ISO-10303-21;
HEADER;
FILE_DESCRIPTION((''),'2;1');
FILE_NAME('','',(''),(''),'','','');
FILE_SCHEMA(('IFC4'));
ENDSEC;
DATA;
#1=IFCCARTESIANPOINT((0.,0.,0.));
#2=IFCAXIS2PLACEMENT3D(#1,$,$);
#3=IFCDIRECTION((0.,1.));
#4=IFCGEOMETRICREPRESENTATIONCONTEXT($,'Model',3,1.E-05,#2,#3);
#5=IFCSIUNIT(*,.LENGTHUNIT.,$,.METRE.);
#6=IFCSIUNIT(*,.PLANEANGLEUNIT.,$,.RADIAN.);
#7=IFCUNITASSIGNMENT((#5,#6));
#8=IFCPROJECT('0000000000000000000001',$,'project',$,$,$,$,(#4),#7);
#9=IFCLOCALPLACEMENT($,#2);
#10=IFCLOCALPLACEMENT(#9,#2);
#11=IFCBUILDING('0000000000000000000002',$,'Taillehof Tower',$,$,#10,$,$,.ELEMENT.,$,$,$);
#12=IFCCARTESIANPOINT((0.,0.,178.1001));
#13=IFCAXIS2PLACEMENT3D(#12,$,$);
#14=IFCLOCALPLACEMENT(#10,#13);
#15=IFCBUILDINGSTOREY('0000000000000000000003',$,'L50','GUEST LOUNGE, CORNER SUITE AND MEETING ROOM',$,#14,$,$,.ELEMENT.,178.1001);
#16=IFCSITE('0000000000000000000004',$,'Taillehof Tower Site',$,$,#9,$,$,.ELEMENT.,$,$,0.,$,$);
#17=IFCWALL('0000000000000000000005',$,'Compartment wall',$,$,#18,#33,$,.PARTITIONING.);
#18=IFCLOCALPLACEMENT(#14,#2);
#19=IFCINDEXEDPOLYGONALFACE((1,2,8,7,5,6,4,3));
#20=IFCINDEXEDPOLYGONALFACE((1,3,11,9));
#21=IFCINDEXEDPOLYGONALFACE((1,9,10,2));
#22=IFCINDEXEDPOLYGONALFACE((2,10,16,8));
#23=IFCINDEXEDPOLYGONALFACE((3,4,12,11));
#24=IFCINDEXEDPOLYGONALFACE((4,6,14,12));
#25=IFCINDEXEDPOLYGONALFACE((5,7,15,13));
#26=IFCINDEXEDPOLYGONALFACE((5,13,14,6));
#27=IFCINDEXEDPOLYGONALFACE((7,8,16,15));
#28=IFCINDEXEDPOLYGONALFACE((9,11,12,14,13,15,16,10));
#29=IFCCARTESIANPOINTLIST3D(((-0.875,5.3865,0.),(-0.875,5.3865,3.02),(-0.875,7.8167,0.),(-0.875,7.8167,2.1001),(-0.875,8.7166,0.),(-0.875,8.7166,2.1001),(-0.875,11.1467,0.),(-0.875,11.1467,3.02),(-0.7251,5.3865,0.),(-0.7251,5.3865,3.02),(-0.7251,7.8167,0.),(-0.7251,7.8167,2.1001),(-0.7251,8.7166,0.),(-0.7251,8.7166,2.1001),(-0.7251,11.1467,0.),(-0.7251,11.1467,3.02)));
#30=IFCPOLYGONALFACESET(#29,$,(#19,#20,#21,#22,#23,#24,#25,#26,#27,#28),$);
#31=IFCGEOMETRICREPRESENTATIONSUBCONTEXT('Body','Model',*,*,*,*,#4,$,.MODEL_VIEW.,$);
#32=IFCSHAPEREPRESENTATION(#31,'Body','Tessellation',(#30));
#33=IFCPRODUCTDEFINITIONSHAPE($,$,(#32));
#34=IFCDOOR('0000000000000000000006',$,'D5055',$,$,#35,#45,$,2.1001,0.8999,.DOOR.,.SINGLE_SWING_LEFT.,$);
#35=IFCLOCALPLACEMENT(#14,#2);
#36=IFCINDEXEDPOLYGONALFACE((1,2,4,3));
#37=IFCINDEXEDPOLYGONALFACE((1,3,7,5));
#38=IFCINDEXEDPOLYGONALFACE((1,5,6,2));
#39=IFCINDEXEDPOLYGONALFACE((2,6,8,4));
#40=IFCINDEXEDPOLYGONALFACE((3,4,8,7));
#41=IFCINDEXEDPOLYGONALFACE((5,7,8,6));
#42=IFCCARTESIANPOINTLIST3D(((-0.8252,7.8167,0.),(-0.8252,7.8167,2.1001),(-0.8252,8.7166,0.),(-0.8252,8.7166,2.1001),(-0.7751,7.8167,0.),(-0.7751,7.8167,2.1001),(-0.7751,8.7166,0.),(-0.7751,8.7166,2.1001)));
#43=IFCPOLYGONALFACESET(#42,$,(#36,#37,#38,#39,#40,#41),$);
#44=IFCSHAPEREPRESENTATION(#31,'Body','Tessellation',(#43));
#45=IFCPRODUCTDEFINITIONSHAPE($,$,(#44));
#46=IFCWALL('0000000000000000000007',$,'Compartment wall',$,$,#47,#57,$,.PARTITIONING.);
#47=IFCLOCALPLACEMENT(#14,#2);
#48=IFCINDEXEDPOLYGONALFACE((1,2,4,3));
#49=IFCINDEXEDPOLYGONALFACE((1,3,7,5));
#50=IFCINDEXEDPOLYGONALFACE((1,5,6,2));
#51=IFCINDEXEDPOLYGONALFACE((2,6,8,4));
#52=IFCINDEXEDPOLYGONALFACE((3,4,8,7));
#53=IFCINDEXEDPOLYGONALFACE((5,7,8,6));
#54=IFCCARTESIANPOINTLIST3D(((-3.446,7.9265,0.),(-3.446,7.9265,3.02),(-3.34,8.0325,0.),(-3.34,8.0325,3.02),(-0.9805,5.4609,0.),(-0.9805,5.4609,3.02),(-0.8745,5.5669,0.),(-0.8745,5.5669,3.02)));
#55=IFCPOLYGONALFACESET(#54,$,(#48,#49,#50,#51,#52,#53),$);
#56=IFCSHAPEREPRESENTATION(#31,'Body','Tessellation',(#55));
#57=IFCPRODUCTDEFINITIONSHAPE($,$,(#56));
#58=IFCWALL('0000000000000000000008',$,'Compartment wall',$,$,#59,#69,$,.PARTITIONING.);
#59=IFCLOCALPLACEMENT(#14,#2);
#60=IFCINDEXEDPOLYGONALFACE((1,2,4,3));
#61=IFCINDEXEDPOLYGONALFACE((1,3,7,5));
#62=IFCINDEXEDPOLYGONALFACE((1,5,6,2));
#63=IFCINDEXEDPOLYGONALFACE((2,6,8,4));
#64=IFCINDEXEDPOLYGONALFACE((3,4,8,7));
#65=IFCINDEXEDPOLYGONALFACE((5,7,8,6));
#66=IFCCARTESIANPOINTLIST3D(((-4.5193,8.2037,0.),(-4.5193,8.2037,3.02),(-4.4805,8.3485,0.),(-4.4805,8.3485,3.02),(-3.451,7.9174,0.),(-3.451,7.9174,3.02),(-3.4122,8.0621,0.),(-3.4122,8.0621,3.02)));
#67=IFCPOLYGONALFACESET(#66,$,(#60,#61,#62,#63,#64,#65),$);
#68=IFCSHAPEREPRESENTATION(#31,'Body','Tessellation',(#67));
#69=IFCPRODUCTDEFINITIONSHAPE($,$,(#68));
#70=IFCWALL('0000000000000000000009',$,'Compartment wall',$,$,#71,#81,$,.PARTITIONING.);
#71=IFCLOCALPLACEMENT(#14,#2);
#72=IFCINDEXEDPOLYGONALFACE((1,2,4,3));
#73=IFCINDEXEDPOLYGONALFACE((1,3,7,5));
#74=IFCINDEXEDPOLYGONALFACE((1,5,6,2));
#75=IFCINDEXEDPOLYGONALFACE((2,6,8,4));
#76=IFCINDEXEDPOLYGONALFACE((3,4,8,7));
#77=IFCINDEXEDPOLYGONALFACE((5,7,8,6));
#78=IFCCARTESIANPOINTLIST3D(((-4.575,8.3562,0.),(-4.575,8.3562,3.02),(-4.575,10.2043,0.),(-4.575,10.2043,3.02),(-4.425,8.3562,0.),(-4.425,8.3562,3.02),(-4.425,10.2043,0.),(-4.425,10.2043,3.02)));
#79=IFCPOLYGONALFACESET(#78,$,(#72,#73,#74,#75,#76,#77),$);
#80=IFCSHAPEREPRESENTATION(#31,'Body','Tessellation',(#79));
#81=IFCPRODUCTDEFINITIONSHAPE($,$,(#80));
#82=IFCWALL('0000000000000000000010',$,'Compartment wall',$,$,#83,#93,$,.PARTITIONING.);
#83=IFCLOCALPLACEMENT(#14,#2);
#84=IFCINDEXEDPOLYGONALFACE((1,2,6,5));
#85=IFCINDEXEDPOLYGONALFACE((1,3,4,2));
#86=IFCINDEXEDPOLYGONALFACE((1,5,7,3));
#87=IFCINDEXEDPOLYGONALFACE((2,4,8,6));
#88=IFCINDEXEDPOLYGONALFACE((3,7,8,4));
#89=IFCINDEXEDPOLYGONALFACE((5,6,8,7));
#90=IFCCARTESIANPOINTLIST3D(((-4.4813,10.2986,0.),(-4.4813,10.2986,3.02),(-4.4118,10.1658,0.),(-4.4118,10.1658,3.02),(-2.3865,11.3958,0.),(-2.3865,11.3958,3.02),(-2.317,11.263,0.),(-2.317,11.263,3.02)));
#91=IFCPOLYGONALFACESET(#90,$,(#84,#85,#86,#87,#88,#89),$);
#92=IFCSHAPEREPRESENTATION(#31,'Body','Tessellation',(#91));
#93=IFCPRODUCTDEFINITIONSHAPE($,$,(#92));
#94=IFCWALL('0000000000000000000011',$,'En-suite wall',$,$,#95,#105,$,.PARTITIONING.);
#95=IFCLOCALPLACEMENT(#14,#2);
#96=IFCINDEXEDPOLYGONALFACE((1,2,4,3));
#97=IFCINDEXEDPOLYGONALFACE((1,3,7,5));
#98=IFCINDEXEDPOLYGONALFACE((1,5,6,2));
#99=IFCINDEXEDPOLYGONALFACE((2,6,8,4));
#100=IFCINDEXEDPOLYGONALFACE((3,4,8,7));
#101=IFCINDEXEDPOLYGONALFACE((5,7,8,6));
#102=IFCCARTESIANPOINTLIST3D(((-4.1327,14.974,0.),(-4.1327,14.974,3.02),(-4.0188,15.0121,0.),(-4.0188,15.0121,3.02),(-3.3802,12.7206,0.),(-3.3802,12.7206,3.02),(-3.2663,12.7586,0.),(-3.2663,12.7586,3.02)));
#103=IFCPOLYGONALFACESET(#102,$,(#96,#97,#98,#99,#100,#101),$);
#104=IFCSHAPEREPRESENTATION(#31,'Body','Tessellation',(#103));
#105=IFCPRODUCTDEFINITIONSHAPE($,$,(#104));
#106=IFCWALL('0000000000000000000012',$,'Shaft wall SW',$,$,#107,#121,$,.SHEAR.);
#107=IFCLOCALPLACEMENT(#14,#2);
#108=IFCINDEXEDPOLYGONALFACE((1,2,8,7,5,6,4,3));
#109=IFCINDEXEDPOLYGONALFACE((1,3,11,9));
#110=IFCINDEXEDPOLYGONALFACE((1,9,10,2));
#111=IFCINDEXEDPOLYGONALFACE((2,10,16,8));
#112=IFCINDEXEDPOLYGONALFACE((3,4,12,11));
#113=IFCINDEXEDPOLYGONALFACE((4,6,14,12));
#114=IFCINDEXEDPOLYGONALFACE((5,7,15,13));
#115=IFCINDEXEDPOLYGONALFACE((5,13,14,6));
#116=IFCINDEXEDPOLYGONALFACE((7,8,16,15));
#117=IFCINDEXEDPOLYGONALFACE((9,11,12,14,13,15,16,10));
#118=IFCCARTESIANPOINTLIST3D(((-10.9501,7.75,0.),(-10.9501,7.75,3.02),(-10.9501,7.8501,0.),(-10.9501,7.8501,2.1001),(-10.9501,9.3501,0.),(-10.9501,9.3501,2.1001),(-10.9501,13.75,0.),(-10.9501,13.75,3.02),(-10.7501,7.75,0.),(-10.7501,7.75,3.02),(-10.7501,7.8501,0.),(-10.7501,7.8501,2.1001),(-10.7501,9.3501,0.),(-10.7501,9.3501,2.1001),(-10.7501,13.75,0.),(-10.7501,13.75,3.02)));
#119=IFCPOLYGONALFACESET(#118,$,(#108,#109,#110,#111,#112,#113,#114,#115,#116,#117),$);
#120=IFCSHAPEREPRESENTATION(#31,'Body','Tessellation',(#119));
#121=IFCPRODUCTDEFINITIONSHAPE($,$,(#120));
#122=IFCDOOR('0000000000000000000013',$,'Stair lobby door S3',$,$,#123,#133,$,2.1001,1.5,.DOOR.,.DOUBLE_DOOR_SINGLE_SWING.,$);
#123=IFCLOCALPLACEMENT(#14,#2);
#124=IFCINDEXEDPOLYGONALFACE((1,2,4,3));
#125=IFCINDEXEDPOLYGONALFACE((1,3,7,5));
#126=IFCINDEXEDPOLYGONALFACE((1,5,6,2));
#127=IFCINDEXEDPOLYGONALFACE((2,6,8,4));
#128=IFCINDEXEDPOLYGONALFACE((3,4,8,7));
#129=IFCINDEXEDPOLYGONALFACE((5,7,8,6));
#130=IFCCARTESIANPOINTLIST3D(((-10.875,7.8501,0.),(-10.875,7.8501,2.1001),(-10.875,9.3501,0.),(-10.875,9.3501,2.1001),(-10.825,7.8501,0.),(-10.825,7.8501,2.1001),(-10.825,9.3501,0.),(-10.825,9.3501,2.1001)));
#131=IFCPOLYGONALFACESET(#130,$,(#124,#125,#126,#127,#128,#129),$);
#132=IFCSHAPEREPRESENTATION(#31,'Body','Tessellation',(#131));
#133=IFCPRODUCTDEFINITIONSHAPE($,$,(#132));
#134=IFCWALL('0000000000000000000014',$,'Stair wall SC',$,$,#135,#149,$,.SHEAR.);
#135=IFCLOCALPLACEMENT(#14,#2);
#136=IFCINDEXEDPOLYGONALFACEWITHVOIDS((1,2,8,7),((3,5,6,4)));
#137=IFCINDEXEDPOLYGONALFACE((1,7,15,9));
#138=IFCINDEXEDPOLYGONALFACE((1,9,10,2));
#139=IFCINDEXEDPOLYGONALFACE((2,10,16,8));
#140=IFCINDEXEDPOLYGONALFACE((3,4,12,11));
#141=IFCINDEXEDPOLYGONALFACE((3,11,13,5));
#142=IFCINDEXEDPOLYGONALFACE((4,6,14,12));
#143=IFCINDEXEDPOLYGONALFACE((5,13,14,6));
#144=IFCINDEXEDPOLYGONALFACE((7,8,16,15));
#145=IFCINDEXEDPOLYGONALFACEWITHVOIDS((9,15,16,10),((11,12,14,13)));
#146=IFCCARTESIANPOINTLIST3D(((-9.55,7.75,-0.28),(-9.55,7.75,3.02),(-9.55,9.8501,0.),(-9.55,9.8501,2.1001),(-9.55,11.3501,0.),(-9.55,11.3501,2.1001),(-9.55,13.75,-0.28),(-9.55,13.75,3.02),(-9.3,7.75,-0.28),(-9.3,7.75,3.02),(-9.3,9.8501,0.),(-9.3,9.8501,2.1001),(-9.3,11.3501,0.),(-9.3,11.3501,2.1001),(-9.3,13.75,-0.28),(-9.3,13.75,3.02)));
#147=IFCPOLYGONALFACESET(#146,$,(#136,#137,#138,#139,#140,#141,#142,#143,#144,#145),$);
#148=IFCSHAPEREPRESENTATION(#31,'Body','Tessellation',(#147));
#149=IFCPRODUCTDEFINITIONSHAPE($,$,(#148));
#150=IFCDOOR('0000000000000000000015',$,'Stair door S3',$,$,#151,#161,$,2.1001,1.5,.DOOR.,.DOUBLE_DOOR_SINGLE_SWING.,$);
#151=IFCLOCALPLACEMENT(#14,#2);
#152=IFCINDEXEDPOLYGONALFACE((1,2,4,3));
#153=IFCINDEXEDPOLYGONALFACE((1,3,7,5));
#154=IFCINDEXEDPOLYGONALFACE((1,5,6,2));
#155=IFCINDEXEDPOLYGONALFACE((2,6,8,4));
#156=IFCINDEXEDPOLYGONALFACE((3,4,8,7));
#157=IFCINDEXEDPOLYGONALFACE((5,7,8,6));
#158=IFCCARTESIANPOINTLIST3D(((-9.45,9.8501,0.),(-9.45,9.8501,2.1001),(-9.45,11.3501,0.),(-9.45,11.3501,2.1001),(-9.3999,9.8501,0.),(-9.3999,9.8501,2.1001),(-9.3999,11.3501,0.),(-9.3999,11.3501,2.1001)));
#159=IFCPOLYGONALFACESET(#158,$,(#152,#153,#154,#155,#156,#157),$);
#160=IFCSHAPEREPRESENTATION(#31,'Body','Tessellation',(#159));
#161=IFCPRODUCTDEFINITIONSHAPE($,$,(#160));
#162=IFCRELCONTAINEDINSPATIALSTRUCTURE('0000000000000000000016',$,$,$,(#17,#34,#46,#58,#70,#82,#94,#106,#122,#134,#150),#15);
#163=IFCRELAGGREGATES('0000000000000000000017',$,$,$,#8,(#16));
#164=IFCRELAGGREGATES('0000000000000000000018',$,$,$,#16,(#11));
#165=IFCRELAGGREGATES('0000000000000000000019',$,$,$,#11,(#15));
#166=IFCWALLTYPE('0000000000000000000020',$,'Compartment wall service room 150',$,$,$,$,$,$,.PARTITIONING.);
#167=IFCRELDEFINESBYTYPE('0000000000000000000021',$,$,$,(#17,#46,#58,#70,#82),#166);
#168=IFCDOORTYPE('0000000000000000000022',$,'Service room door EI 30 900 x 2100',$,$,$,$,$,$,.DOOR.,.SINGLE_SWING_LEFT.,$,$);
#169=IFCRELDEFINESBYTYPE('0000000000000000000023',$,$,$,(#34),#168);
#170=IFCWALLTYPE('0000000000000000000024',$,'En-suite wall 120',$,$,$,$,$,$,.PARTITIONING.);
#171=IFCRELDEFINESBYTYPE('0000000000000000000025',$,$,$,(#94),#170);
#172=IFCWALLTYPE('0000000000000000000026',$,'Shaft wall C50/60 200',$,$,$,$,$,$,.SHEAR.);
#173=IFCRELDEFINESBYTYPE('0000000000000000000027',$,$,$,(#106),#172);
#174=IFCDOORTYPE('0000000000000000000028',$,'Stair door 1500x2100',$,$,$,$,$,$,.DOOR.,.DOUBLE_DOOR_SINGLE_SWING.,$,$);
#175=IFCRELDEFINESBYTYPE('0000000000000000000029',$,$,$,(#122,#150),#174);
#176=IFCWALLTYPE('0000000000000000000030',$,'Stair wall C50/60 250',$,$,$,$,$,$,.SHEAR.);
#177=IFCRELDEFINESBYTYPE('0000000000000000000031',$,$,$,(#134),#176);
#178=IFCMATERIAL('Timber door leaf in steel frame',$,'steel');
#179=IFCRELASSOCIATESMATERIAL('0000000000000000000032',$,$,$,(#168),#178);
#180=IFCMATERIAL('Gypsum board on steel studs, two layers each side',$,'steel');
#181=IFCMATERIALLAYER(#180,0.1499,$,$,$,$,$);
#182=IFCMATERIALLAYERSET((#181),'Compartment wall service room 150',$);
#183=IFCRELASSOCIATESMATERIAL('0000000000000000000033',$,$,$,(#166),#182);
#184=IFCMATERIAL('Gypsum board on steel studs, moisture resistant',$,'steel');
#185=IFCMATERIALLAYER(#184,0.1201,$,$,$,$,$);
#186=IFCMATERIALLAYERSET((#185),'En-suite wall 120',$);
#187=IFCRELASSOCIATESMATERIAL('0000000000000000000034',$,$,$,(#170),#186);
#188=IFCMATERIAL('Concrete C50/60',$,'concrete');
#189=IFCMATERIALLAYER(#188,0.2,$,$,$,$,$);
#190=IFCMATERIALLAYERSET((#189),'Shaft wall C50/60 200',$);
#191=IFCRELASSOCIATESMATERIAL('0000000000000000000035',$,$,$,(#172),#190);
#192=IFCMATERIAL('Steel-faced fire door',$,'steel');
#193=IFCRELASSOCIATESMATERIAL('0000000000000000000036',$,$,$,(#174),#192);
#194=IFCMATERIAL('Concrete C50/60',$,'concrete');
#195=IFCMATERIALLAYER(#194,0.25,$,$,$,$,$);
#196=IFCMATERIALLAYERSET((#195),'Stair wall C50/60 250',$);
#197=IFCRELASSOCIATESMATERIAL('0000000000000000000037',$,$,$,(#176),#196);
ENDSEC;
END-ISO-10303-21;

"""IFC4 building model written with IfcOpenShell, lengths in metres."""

from ifc_helpers import new_model, si_unit, direction, frame, frame_2d, origin, place, context, subcontext, project, spatial, rectangle, extrude, material, layer, layer_set, type_object, element, fill, save


model = new_model("IFC4")

# Units and contexts
model_context = context("Model", 3, precision=1e-05, world=origin(), true_north=direction((0.0, 1.0)))
body_context = subcontext(model_context, "Body", "Model", "MODEL_VIEW")
ifc_project = project(units=[si_unit("LENGTHUNIT", "METRE"), si_unit("PLANEANGLEUNIT", "RADIAN")], contexts=[model_context])

# Site, building, storey
site_placement = place(None, origin())
site = spatial("IfcSite", under=ifc_project, at=site_placement, Name="Taillehof Tower Site", CompositionType="ELEMENT", RefElevation=0.0)
building_placement = place(site_placement, origin())
building = spatial("IfcBuilding", under=site, at=building_placement, Name="Taillehof Tower", CompositionType="ELEMENT")
storey_placement = place(building_placement, frame((0.0, 0.0, 178.1001)))
storey = spatial("IfcBuildingStorey", under=building, at=storey_placement, Name="L50", Description="GUEST LOUNGE, CORNER SUITE AND MEETING ROOM", CompositionType="ELEMENT", Elevation=178.1001)

# Shared definitions
ifc_material_1 = material(Name="Timber door leaf in steel frame", Category="steel")
door_type_1 = type_object("IfcDoorType", Name="Service room door EI 30 900 x 2100", OperationType="SINGLE_SWING_LEFT", PredefinedType="DOOR", material=ifc_material_1)

# Shared definitions
ifc_material_2 = material(Name="Gypsum board on steel studs, two layers each side", Category="steel")
ifc_layer_1 = layer(ifc_material_2, 0.1499)
ifc_layer_set_1 = layer_set([ifc_layer_1], Name="Compartment wall service room 150")
wall_type_1 = type_object("IfcWallType", Name="Compartment wall service room 150", PredefinedType="PARTITIONING", material=ifc_layer_set_1)

# Wall, opening, door
wall_1_placement = place(storey_placement, frame((-0.8, 11.1467, 0.0), z_axis=(0.0, 0.0, 1.0), x_axis=(0.0, -1.0, 0.0)))
wall_1 = element("IfcWall", 1, at=wall_1_placement, inside=storey, type_object=wall_type_1, Name="Compartment wall", PredefinedType="PARTITIONING", context=body_context, shape_type="SweptSolid", body=[
    extrude(rectangle(XDim=5.7603, YDim=0.1499, at=frame_2d((2.8801, 0.0))), origin(), (0.0, 0.0, 1.0), 3.02),
])
opening_1_placement = place(wall_1_placement, frame((2.4302, 0.0, 0.0)))
opening_1 = element("IfcOpeningElement", 2, at=opening_1_placement, cuts=wall_1, PredefinedType="OPENING", context=body_context, shape_type="SweptSolid", body=[
    extrude(rectangle(XDim=0.8999, YDim=2.1001, at=frame_2d((0.45, 1.05))), frame((0.0, 0.085, 0.0), z_axis=(0.0, -1.0, 0.0), x_axis=(1.0, 0.0, 0.0)), (0.0, 0.0, 1.0), 0.1699),
])
door_1_placement = place(opening_1_placement, origin())
door_1 = element("IfcDoor", 3, at=door_1_placement, inside=storey, type_object=door_type_1, Name="D5055", OperationType="SINGLE_SWING_LEFT", OverallHeight=2.1001, OverallWidth=0.8999, PredefinedType="DOOR", context=body_context, shape_type="SweptSolid", body=[
    extrude(rectangle(XDim=0.8999, YDim=2.1001, at=frame_2d((0.45, 1.05))), frame((0.0, 0.0249, 0.0), z_axis=(0.0, -1.0, 0.0), x_axis=(1.0, 0.0, 0.0)), (0.0, 0.0, 1.0), 0.05),
])
fill(opening_1, door_1)

# Walls
wall_2_placement = place(storey_placement, frame((-0.9275, 5.5139, 0.0), z_axis=(0.0, 0.0, 1.0), x_axis=(-0.707107, 0.707107, 0.0)))
element("IfcWall", 4, at=wall_2_placement, inside=storey, type_object=wall_type_1, Name="Compartment wall", PredefinedType="PARTITIONING", context=body_context, shape_type="SweptSolid", body=[
    extrude(rectangle(XDim=3.4868, YDim=0.1499, at=frame_2d((1.7434, 0.0))), origin(), (0.0, 0.0, 1.0), 3.02),
])
wall_3_placement = place(storey_placement, frame((-3.4316, 7.9897, 0.0), z_axis=(0.0, 0.0, 1.0), x_axis=(-0.965901, 0.258913, 0.0)))
element("IfcWall", 5, at=wall_3_placement, inside=storey, type_object=wall_type_1, Name="Compartment wall", PredefinedType="PARTITIONING", context=body_context, shape_type="SweptSolid", body=[
    extrude(rectangle(XDim=1.106, YDim=0.1499, at=frame_2d((0.553, 0.0))), origin(), (0.0, 0.0, 1.0), 3.02),
])
wall_4_placement = place(storey_placement, frame((-4.5, 8.3562, 0.0), z_axis=(0.0, 0.0, 1.0), x_axis=(0.0, 1.0, 0.0)))
element("IfcWall", 6, at=wall_4_placement, inside=storey, type_object=wall_type_1, Name="Compartment wall", PredefinedType="PARTITIONING", context=body_context, shape_type="SweptSolid", body=[
    extrude(rectangle(XDim=1.8481, YDim=0.1499, at=frame_2d((0.9241, 0.0))), origin(), (0.0, 0.0, 1.0), 3.02),
])
wall_5_placement = place(storey_placement, frame((-4.4465, 10.2322, 0.0), z_axis=(0.0, 0.0, 1.0), x_axis=(0.885844, 0.463984, 0.0)))
element("IfcWall", 7, at=wall_5_placement, inside=storey, type_object=wall_type_1, Name="Compartment wall", PredefinedType="PARTITIONING", context=body_context, shape_type="SweptSolid", body=[
    extrude(rectangle(XDim=2.3647, YDim=0.1499, at=frame_2d((1.1824, 0.0))), origin(), (0.0, 0.0, 1.0), 3.02),
])
ifc_material_3 = material(Name="Gypsum board on steel studs, moisture resistant", Category="steel")
ifc_layer_2 = layer(ifc_material_3, 0.1201)
ifc_layer_set_2 = layer_set([ifc_layer_2], Name="En-suite wall 120")
wall_type_2 = type_object("IfcWallType", Name="En-suite wall 120", PredefinedType="PARTITIONING", material=ifc_layer_set_2)
wall_6_placement = place(storey_placement, frame((-3.3232, 12.7395, 0.0), z_axis=(0.0, 0.0, 1.0), x_axis=(-0.316721, 0.948519, 0.0)))
element("IfcWall", 8, at=wall_6_placement, inside=storey, type_object=wall_type_2, Name="En-suite wall", PredefinedType="PARTITIONING", context=body_context, shape_type="SweptSolid", body=[
    extrude(rectangle(XDim=2.3757, YDim=0.1201, at=frame_2d((1.188, 0.0))), origin(), (0.0, 0.0, 1.0), 3.02),
])

# Walls, openings, doors
ifc_material_4 = material(Name="Concrete C50/60", Category="concrete")
ifc_layer_3 = layer(ifc_material_4, 0.2)
ifc_layer_set_3 = layer_set([ifc_layer_3], Name="Shaft wall C50/60 200")
wall_type_3 = type_object("IfcWallType", Name="Shaft wall C50/60 200", PredefinedType="SHEAR", material=ifc_layer_set_3)
wall_7_placement = place(storey_placement, frame((-10.8501, 7.75, 0.0), z_axis=(0.0, 0.0, 1.0), x_axis=(0.0, 1.0, 0.0)))
wall_7 = element("IfcWall", 9, at=wall_7_placement, inside=storey, type_object=wall_type_3, Name="Shaft wall SW", PredefinedType="SHEAR", context=body_context, shape_type="SweptSolid", body=[
    extrude(rectangle(XDim=6.0, YDim=0.2, at=frame_2d((3.0, 0.0))), origin(), (0.0, 0.0, 1.0), 3.02),
])
opening_2_placement = place(wall_7_placement, frame((0.1001, 0.0, 0.0)))
opening_2 = element("IfcOpeningElement", 10, at=opening_2_placement, cuts=wall_7, PredefinedType="OPENING", context=body_context, shape_type="SweptSolid", body=[
    extrude(rectangle(XDim=1.5, YDim=2.1001, at=frame_2d((0.75, 1.05))), frame((0.0, 0.1099, 0.0), z_axis=(0.0, -1.0, 0.0), x_axis=(1.0, 0.0, 0.0)), (0.0, 0.0, 1.0), 0.22),
])
ifc_material_5 = material(Name="Steel-faced fire door", Category="steel")
door_type_2 = type_object("IfcDoorType", Name="Stair door 1500x2100", OperationType="DOUBLE_DOOR_SINGLE_SWING", PredefinedType="DOOR", material=ifc_material_5)
door_2_placement = place(opening_2_placement, origin())
door_2 = element("IfcDoor", 11, at=door_2_placement, inside=storey, type_object=door_type_2, Name="Stair lobby door S3", OperationType="DOUBLE_DOOR_SINGLE_SWING", OverallHeight=2.1001, OverallWidth=1.5, PredefinedType="DOOR", context=body_context, shape_type="SweptSolid", body=[
    extrude(rectangle(XDim=1.5, YDim=2.1001, at=frame_2d((0.75, 1.05))), frame((0.0, 0.0249, 0.0), z_axis=(0.0, -1.0, 0.0), x_axis=(1.0, 0.0, 0.0)), (0.0, 0.0, 1.0), 0.05),
])
fill(opening_2, door_2)
ifc_material_6 = material(Name="Concrete C50/60", Category="concrete")
ifc_layer_4 = layer(ifc_material_6, 0.25)
ifc_layer_set_4 = layer_set([ifc_layer_4], Name="Stair wall C50/60 250")
wall_type_4 = type_object("IfcWallType", Name="Stair wall C50/60 250", PredefinedType="SHEAR", material=ifc_layer_set_4)
wall_8_placement = place(storey_placement, frame((-9.425, 7.75, -0.28), z_axis=(0.0, 0.0, 1.0), x_axis=(0.0, 1.0, 0.0)))
wall_8 = element("IfcWall", 12, at=wall_8_placement, inside=storey, type_object=wall_type_4, Name="Stair wall SC", PredefinedType="SHEAR", context=body_context, shape_type="SweptSolid", body=[
    extrude(rectangle(XDim=6.0, YDim=0.25, at=frame_2d((3.0, 0.0))), origin(), (0.0, 0.0, 1.0), 3.3),
])
opening_3_placement = place(wall_8_placement, frame((2.1001, 0.0, 0.28)))
opening_3 = element("IfcOpeningElement", 13, at=opening_3_placement, cuts=wall_8, PredefinedType="OPENING", context=body_context, shape_type="SweptSolid", body=[
    extrude(rectangle(XDim=1.5, YDim=2.1001, at=frame_2d((0.75, 1.05))), frame((0.0, 0.135, 0.0), z_axis=(0.0, -1.0, 0.0), x_axis=(1.0, 0.0, 0.0)), (0.0, 0.0, 1.0), 0.27),
])
door_3_placement = place(opening_3_placement, origin())
door_3 = element("IfcDoor", 14, at=door_3_placement, inside=storey, type_object=door_type_2, Name="Stair door S3", OperationType="DOUBLE_DOOR_SINGLE_SWING", OverallHeight=2.1001, OverallWidth=1.5, PredefinedType="DOOR", context=body_context, shape_type="SweptSolid", body=[
    extrude(rectangle(XDim=1.5, YDim=2.1001, at=frame_2d((0.75, 1.05))), frame((0.0, 0.0249, 0.0), z_axis=(0.0, -1.0, 0.0), x_axis=(1.0, 0.0, 0.0)), (0.0, 0.0, 1.0), 0.05),
])
fill(opening_3, door_3)

save(model, "model.ifc")
